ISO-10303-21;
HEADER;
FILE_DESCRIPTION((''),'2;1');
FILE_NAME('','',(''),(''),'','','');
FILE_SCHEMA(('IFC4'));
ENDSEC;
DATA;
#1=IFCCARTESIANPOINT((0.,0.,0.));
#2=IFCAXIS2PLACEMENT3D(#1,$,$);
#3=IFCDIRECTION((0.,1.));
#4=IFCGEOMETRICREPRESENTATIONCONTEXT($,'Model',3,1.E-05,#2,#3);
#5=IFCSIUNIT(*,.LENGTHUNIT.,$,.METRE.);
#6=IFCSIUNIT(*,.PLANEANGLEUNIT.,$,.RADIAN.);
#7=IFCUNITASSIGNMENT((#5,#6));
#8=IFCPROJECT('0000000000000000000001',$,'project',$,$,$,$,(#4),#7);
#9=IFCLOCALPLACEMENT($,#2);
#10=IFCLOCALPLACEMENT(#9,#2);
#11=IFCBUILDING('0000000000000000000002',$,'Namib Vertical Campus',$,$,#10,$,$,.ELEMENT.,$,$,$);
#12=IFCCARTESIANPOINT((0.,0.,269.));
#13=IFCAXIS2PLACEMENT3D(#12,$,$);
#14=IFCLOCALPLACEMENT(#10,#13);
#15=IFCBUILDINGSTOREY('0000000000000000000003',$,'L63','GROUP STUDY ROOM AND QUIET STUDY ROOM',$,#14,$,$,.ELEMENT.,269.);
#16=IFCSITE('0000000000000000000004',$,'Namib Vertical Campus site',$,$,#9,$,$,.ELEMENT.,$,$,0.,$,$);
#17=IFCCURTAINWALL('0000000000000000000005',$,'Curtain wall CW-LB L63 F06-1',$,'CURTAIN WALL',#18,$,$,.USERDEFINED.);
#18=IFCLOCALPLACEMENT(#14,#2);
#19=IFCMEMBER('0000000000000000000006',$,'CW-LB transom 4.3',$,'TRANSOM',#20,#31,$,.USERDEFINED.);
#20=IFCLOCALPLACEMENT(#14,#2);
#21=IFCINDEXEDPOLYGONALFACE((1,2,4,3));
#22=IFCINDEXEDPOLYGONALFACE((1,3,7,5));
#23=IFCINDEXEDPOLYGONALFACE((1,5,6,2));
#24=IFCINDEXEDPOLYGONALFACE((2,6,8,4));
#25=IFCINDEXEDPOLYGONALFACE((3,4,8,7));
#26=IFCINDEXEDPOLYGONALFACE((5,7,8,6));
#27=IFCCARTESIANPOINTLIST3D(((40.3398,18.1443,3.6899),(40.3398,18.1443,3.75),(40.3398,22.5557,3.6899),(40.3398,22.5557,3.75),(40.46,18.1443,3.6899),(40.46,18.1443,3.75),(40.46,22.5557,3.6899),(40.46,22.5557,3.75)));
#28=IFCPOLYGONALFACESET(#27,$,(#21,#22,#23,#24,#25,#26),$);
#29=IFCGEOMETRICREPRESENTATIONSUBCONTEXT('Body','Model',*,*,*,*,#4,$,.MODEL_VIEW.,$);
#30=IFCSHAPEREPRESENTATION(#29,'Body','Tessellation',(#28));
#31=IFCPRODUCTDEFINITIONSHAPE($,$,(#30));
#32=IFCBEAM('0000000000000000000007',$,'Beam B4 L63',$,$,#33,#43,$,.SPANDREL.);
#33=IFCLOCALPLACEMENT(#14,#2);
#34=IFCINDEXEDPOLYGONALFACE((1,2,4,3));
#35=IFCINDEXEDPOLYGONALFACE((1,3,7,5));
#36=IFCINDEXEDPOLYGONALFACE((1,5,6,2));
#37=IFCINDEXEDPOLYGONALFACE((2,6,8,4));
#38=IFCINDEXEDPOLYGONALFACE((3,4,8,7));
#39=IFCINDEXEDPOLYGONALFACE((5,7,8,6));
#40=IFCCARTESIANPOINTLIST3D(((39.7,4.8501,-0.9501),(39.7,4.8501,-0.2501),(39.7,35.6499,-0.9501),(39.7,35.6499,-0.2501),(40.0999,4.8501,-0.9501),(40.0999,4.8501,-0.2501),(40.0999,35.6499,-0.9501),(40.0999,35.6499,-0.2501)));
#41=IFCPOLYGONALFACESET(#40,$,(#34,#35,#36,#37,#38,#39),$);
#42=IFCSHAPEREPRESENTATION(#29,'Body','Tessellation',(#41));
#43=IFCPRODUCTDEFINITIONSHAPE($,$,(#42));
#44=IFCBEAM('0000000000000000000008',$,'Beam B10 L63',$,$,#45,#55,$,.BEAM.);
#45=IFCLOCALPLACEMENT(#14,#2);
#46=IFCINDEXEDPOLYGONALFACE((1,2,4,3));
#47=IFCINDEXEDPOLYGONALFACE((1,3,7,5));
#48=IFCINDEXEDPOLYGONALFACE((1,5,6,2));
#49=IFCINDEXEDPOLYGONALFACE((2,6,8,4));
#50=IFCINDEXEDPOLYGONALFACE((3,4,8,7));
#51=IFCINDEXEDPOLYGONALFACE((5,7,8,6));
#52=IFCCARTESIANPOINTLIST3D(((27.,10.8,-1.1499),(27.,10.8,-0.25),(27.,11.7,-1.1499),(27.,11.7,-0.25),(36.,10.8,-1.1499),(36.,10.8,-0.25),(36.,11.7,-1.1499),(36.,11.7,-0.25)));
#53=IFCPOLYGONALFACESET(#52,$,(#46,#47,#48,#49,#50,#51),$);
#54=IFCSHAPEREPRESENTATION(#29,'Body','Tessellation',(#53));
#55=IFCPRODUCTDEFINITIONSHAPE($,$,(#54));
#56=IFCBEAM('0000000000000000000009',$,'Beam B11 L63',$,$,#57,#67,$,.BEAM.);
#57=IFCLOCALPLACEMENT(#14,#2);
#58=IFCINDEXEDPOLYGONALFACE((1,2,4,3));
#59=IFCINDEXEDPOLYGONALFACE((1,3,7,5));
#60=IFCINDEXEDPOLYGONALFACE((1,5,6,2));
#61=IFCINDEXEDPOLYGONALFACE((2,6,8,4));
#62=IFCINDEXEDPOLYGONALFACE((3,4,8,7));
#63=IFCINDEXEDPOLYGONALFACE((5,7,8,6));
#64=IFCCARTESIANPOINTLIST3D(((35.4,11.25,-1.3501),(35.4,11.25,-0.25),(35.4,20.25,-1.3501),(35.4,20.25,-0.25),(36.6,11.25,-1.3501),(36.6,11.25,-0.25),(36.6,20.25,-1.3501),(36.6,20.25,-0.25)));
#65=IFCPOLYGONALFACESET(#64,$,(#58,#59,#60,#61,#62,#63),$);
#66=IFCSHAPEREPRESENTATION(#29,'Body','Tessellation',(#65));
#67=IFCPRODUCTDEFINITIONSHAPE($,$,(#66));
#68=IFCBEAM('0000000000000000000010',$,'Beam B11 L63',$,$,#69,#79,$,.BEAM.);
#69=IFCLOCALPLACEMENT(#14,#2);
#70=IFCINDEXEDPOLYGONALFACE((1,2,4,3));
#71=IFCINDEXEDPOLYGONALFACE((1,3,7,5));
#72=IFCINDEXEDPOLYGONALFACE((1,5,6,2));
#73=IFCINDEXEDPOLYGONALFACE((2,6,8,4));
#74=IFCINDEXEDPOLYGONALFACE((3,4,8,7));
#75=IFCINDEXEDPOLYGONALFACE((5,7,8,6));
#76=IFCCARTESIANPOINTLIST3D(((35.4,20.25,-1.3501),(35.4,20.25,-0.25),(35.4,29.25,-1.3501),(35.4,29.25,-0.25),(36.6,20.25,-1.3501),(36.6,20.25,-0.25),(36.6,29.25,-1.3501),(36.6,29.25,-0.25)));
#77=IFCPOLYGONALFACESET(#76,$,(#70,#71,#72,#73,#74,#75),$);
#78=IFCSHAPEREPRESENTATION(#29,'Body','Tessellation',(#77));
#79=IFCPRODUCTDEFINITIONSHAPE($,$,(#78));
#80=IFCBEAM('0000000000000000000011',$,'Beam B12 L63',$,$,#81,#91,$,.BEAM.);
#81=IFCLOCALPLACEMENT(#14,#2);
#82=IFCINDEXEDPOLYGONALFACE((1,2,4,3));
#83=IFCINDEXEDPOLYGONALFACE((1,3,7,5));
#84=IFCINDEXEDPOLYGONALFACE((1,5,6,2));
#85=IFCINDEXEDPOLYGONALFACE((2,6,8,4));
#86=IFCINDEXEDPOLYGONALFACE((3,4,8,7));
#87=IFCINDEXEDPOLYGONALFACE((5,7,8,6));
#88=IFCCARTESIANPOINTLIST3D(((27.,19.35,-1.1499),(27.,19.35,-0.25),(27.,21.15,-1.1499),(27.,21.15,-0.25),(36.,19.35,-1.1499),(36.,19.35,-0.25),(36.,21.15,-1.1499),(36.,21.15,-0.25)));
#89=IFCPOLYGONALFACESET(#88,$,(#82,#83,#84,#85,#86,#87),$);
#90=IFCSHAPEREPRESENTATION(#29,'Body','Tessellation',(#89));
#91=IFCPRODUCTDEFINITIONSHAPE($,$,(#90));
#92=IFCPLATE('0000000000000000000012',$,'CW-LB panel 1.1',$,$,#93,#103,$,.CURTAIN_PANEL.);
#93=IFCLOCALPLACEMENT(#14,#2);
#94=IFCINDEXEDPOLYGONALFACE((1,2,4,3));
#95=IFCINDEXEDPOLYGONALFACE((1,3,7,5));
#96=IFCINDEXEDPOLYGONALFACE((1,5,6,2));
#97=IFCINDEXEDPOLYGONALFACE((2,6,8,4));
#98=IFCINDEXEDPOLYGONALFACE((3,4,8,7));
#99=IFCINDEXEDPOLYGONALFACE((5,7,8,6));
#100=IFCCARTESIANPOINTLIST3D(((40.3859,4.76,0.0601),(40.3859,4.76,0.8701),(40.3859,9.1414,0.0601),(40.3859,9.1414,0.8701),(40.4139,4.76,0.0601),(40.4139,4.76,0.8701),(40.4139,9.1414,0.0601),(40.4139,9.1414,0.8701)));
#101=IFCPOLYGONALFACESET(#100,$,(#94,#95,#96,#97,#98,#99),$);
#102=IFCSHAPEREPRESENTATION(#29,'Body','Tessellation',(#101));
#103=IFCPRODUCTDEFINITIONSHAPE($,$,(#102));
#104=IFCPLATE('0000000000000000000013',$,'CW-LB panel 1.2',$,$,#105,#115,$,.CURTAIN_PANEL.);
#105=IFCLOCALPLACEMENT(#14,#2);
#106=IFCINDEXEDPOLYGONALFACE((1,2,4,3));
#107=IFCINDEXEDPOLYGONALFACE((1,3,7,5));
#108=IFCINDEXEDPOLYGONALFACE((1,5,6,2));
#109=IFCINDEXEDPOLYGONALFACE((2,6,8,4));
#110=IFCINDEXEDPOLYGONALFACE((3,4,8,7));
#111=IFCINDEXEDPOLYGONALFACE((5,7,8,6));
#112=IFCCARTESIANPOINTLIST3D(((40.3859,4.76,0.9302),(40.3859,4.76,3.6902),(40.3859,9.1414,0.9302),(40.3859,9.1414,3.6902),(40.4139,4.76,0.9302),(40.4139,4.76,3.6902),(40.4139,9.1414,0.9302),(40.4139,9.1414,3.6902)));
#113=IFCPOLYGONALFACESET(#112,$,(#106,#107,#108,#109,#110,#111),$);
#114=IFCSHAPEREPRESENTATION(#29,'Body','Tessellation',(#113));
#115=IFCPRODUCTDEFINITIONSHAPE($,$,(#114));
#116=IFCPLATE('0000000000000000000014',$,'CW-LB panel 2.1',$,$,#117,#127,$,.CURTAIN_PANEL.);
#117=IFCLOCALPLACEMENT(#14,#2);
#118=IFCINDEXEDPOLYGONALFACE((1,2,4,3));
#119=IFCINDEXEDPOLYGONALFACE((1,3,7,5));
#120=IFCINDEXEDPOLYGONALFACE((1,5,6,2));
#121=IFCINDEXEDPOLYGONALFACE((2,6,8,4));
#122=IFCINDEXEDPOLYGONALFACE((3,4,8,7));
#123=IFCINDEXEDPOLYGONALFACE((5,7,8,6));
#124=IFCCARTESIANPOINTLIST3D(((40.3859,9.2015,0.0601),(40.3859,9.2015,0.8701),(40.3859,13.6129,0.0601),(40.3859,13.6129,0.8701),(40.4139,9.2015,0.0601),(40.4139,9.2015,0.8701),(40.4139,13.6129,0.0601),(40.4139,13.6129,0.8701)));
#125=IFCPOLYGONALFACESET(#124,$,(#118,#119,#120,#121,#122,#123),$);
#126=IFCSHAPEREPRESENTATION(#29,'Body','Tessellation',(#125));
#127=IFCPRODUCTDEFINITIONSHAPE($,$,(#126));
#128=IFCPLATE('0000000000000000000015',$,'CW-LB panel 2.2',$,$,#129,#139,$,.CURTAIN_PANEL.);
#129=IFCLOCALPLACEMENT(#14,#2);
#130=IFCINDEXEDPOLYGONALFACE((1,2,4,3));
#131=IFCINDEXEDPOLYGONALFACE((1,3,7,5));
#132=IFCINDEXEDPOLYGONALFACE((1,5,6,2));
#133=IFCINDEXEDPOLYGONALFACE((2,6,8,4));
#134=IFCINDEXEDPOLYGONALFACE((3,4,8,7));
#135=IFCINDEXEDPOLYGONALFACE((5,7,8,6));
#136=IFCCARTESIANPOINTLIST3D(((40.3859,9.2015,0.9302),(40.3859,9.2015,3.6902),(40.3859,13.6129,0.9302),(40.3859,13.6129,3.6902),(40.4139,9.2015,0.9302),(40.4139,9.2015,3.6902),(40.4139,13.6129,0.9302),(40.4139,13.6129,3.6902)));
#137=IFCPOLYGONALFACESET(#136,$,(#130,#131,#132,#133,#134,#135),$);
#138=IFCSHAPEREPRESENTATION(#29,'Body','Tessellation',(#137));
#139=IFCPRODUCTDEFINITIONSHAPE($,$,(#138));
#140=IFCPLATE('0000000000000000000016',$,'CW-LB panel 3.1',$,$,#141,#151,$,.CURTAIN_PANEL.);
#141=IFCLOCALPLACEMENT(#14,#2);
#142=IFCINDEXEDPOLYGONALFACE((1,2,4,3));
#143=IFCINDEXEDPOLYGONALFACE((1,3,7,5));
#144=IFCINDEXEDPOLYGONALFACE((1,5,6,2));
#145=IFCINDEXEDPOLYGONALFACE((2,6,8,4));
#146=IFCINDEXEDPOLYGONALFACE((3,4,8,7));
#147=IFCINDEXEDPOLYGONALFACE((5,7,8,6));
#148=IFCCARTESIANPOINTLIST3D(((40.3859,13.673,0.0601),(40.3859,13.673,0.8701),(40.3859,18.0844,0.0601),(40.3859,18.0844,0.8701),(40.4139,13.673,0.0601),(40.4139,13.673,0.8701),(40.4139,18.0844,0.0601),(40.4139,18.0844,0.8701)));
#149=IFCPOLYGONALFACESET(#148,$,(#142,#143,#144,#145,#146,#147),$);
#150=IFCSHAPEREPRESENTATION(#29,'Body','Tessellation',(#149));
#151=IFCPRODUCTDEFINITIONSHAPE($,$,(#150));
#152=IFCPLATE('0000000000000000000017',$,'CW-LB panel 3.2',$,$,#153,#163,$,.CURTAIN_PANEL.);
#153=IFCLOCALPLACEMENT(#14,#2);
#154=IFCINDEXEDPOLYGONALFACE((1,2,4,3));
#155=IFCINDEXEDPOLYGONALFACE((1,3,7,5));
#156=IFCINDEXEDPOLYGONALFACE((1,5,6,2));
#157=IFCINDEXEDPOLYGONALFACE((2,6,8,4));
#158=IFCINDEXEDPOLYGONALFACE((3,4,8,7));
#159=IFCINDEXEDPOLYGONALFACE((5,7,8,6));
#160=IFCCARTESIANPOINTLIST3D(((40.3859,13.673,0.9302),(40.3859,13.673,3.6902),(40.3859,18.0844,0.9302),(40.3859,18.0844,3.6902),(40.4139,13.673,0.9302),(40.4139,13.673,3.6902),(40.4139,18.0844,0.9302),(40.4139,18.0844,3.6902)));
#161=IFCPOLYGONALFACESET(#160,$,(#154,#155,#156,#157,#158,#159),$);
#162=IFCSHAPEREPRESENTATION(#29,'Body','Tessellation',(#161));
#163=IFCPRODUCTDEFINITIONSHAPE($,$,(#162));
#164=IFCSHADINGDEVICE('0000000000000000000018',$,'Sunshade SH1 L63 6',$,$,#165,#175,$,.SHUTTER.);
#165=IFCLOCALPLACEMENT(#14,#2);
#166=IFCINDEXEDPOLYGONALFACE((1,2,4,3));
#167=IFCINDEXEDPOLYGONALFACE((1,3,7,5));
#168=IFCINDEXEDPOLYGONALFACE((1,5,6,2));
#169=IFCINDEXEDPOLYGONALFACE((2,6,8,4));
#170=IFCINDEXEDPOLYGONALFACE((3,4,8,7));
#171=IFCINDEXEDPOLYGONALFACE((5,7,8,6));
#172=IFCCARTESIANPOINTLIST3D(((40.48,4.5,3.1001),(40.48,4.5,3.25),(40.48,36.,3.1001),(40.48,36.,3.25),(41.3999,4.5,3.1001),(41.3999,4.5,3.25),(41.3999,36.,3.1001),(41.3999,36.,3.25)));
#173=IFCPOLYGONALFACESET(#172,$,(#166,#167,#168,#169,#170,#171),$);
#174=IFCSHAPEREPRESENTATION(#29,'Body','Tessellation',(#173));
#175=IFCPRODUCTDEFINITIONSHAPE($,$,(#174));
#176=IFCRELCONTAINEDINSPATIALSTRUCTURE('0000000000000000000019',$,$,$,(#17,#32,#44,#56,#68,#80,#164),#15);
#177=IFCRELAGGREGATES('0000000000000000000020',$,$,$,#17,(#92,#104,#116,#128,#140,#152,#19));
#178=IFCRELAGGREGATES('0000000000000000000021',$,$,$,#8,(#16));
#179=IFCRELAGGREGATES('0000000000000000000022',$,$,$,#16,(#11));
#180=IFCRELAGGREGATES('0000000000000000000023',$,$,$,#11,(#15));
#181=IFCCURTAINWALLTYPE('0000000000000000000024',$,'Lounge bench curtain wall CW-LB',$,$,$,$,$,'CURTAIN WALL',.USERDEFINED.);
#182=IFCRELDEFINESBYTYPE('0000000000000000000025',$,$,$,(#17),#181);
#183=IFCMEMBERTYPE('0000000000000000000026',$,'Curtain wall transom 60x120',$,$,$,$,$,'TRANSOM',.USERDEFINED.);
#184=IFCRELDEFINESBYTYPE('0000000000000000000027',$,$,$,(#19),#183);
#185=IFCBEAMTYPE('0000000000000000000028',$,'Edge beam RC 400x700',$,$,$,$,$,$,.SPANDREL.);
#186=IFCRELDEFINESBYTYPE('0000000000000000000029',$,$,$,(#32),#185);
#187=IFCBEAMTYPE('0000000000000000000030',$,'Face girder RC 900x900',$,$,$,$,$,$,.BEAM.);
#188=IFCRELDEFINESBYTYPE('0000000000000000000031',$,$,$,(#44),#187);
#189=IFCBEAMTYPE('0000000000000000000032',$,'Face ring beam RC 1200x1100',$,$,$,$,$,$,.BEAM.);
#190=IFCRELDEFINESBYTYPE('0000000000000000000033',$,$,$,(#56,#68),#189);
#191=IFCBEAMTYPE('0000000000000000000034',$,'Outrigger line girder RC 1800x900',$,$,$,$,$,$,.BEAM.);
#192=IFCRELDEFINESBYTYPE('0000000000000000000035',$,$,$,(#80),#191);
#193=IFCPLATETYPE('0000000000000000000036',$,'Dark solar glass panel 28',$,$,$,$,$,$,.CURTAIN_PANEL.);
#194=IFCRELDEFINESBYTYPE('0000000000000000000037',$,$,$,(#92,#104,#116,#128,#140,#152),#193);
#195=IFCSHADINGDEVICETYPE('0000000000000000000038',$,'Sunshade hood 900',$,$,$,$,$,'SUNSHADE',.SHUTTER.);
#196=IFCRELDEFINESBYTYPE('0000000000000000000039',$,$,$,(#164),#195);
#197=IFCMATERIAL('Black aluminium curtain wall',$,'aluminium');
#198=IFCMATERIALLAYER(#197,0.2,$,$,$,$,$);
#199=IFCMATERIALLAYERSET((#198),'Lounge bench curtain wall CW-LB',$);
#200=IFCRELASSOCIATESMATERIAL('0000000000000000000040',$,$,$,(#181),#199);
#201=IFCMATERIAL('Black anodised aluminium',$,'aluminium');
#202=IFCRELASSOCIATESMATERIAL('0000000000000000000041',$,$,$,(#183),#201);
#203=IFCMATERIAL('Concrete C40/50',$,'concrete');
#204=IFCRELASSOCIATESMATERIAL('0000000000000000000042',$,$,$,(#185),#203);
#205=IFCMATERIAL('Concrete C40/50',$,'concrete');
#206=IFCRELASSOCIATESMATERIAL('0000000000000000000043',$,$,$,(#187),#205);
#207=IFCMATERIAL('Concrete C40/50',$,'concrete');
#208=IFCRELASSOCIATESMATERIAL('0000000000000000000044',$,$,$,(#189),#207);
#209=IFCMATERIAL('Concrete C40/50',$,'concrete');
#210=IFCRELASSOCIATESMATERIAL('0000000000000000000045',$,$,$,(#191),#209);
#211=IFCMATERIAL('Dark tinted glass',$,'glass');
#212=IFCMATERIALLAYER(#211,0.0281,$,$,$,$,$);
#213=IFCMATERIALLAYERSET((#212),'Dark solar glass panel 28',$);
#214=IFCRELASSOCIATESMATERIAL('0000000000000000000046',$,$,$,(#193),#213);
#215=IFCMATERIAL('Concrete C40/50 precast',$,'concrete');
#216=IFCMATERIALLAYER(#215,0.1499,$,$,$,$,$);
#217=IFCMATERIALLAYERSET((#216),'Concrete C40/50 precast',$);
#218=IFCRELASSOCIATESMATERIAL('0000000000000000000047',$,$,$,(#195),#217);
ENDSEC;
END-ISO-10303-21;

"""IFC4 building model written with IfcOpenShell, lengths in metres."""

from ifc_helpers import new_model, si_unit, direction, frame, origin, origin_2d, place, context, subcontext, project, spatial, rectangle, extrude, material, layer, layer_set, material_profile, profile_set, type_object, element, aggregate, save


model = new_model("IFC4")

# Units and contexts
model_context = context("Model", 3, precision=1e-05, world=origin(), true_north=direction((0.0, 1.0)))
body_context = subcontext(model_context, "Body", "Model", "MODEL_VIEW")
ifc_project = project(units=[si_unit("LENGTHUNIT", "METRE"), si_unit("PLANEANGLEUNIT", "RADIAN")], contexts=[model_context])

# Site, building, storey
site_placement = place(None, origin())
site = spatial("IfcSite", under=ifc_project, at=site_placement, Name="Namib Vertical Campus site", CompositionType="ELEMENT", RefElevation=0.0)
building_placement = place(site_placement, origin())
building = spatial("IfcBuilding", under=site, at=building_placement, Name="Namib Vertical Campus", CompositionType="ELEMENT")
storey_placement = place(building_placement, frame((0.0, 0.0, 269.0)))
storey = spatial("IfcBuildingStorey", under=building, at=storey_placement, Name="L63", Description="GROUP STUDY ROOM AND QUIET STUDY ROOM", CompositionType="ELEMENT", Elevation=269.0)

# Curtain wall, member
ifc_material_1 = material(Name="Black aluminium curtain wall", Category="aluminium")
ifc_layer_1 = layer(ifc_material_1, 0.2)
ifc_layer_set_1 = layer_set([ifc_layer_1], Name="Lounge bench curtain wall CW-LB")
curtain_wall_type = type_object("IfcCurtainWallType", Name="Lounge bench curtain wall CW-LB", ElementType="CURTAIN WALL", PredefinedType="USERDEFINED", material=ifc_layer_set_1)
curtain_wall_placement = place(storey_placement, origin())
curtain_wall = element("IfcCurtainWall", 1, at=curtain_wall_placement, inside=storey, type_object=curtain_wall_type, Name="Curtain wall CW-LB L63 F06-1", ObjectType="CURTAIN WALL", PredefinedType="USERDEFINED")
ifc_material_2 = material(Name="Black anodised aluminium", Category="aluminium")
ifc_material_profile_1 = material_profile(ifc_material_2, rectangle(XDim=0.0601, YDim=0.1201, at=origin_2d()))
ifc_profile_set_1 = profile_set([ifc_material_profile_1], Name="Black anodised aluminium")
member_type_1 = type_object("IfcMemberType", Name="Curtain wall transom 60x120", ElementType="TRANSOM", PredefinedType="USERDEFINED", material=ifc_profile_set_1)
member_1_placement = place(storey_placement, frame((40.3999, 18.1443, 3.72), z_axis=(0.0, 1.0, 0.0), x_axis=(0.0, 0.0, 1.0)))
member_1 = element("IfcMember", 2, at=member_1_placement, type_object=member_type_1, Name="CW-LB transom 4.3", ObjectType="TRANSOM", PredefinedType="USERDEFINED", context=body_context, shape_type="SweptSolid", body=[
    extrude(rectangle(XDim=0.0601, YDim=0.1201, at=origin_2d()), origin(), (0.0, 0.0, 1.0), 4.4114),
])

# Beams
ifc_material_3 = material(Name="Concrete C40/50", Category="concrete")
ifc_material_profile_2 = material_profile(ifc_material_3, rectangle(XDim=0.3999, YDim=0.7, at=origin_2d()))
ifc_profile_set_2 = profile_set([ifc_material_profile_2], Name="Concrete C40/50")
beam_type_1 = type_object("IfcBeamType", Name="Edge beam RC 400x700", PredefinedType="SPANDREL", material=ifc_profile_set_2)
beam_1_placement = place(storey_placement, frame((39.8999, 4.8501, -0.6001), z_axis=(0.0, 1.0, 0.0), x_axis=(-1.0, 0.0, 0.0)))
element("IfcBeam", 3, at=beam_1_placement, inside=storey, type_object=beam_type_1, Name="Beam B4 L63", PredefinedType="SPANDREL", context=body_context, shape_type="SweptSolid", body=[
    extrude(rectangle(XDim=0.3999, YDim=0.7, at=origin_2d()), origin(), (0.0, 0.0, 1.0), 30.7998),
])
ifc_material_4 = material(Name="Concrete C40/50", Category="concrete")
ifc_material_profile_3 = material_profile(ifc_material_4, rectangle(XDim=0.8999, YDim=0.8999, at=origin_2d()))
ifc_profile_set_3 = profile_set([ifc_material_profile_3], Name="Concrete C40/50")
beam_type_2 = type_object("IfcBeamType", Name="Face girder RC 900x900", PredefinedType="BEAM", material=ifc_profile_set_3)
beam_2_placement = place(storey_placement, frame((36.0, 11.25, -0.7), z_axis=(-1.0, 0.0, 0.0), x_axis=(0.0, -1.0, 0.0)))
element("IfcBeam", 4, at=beam_2_placement, inside=storey, type_object=beam_type_2, Name="Beam B10 L63", PredefinedType="BEAM", context=body_context, shape_type="SweptSolid", body=[
    extrude(rectangle(XDim=0.8999, YDim=0.8999, at=origin_2d()), origin(), (0.0, 0.0, 1.0), 9.0),
])
ifc_material_5 = material(Name="Concrete C40/50", Category="concrete")
ifc_material_profile_4 = material_profile(ifc_material_5, rectangle(XDim=1.2, YDim=1.1001, at=origin_2d()))
ifc_profile_set_4 = profile_set([ifc_material_profile_4], Name="Concrete C40/50")
beam_type_3 = type_object("IfcBeamType", Name="Face ring beam RC 1200x1100", PredefinedType="BEAM", material=ifc_profile_set_4)
for number, where, z_axis, x_axis, name in (
    (5, (36.0, 11.25, -0.8), (0.0, 1.0, 0.0), (-1.0, 0.0, 0.0), "Beam B11 L63"),
    (6, (36.0, 20.25, -0.8), (0.0, 1.0, 0.0), (-1.0, 0.0, 0.0), "Beam B11 L63"),
):
    element("IfcBeam", number, at=place(storey_placement, frame(where, z_axis=z_axis, x_axis=x_axis)), inside=storey, type_object=beam_type_3, Name=name, PredefinedType="BEAM", context=body_context, shape_type="SweptSolid", body=[
        extrude(rectangle(XDim=1.2, YDim=1.1001, at=origin_2d()), origin(), (0.0, 0.0, 1.0), 9.0),
    ])
ifc_material_6 = material(Name="Concrete C40/50", Category="concrete")
ifc_material_profile_5 = material_profile(ifc_material_6, rectangle(XDim=1.8, YDim=0.8999, at=origin_2d()))
ifc_profile_set_5 = profile_set([ifc_material_profile_5], Name="Concrete C40/50")
beam_type_4 = type_object("IfcBeamType", Name="Outrigger line girder RC 1800x900", PredefinedType="BEAM", material=ifc_profile_set_5)
beam_3_placement = place(storey_placement, frame((36.0, 20.25, -0.7), z_axis=(-1.0, 0.0, 0.0), x_axis=(0.0, -1.0, 0.0)))
element("IfcBeam", 7, at=beam_3_placement, inside=storey, type_object=beam_type_4, Name="Beam B12 L63", PredefinedType="BEAM", context=body_context, shape_type="SweptSolid", body=[
    extrude(rectangle(XDim=1.8, YDim=0.8999, at=origin_2d()), origin(), (0.0, 0.0, 1.0), 9.0),
])

# Plates
ifc_material_7 = material(Name="Dark tinted glass", Category="glass")
ifc_layer_2 = layer(ifc_material_7, 0.0281)
ifc_layer_set_2 = layer_set([ifc_layer_2], Name="Dark solar glass panel 28")
plate_type = type_object("IfcPlateType", Name="Dark solar glass panel 28", PredefinedType="CURTAIN_PANEL", material=ifc_layer_set_2)
plate_1_placement = place(storey_placement, frame((40.3999, 6.9507, 0.0601), z_axis=(0.0, 0.0, 1.0), x_axis=(0.0, 1.0, 0.0)))
plate_1 = element("IfcPlate", 8, at=plate_1_placement, type_object=plate_type, Name="CW-LB panel 1.1", PredefinedType="CURTAIN_PANEL", context=body_context, shape_type="SweptSolid", body=[
    extrude(rectangle(XDim=4.3813, YDim=0.0281, at=origin_2d()), origin(), (0.0, 0.0, 1.0), 0.8101),
])
plate_2_placement = place(storey_placement, frame((40.3999, 6.9507, 0.9302), z_axis=(0.0, 0.0, 1.0), x_axis=(0.0, 1.0, 0.0)))
plate_2 = element("IfcPlate", 9, at=plate_2_placement, type_object=plate_type, Name="CW-LB panel 1.2", PredefinedType="CURTAIN_PANEL", context=body_context, shape_type="SweptSolid", body=[
    extrude(rectangle(XDim=4.3813, YDim=0.0281, at=origin_2d()), origin(), (0.0, 0.0, 1.0), 2.76),
])
plate_3_placement = place(storey_placement, frame((40.3999, 11.4072, 0.0601), z_axis=(0.0, 0.0, 1.0), x_axis=(0.0, 1.0, 0.0)))
plate_3 = element("IfcPlate", 10, at=plate_3_placement, type_object=plate_type, Name="CW-LB panel 2.1", PredefinedType="CURTAIN_PANEL", context=body_context, shape_type="SweptSolid", body=[
    extrude(rectangle(XDim=4.4114, YDim=0.0281, at=origin_2d()), origin(), (0.0, 0.0, 1.0), 0.8101),
])
plate_4_placement = place(storey_placement, frame((40.3999, 11.4072, 0.9302), z_axis=(0.0, 0.0, 1.0), x_axis=(0.0, 1.0, 0.0)))
plate_4 = element("IfcPlate", 11, at=plate_4_placement, type_object=plate_type, Name="CW-LB panel 2.2", PredefinedType="CURTAIN_PANEL", context=body_context, shape_type="SweptSolid", body=[
    extrude(rectangle(XDim=4.4114, YDim=0.0281, at=origin_2d()), origin(), (0.0, 0.0, 1.0), 2.76),
])
plate_5_placement = place(storey_placement, frame((40.3999, 15.8787, 0.0601), z_axis=(0.0, 0.0, 1.0), x_axis=(0.0, 1.0, 0.0)))
plate_5 = element("IfcPlate", 12, at=plate_5_placement, type_object=plate_type, Name="CW-LB panel 3.1", PredefinedType="CURTAIN_PANEL", context=body_context, shape_type="SweptSolid", body=[
    extrude(rectangle(XDim=4.4114, YDim=0.0281, at=origin_2d()), origin(), (0.0, 0.0, 1.0), 0.8101),
])
plate_6_placement = place(storey_placement, frame((40.3999, 15.8787, 0.9302), z_axis=(0.0, 0.0, 1.0), x_axis=(0.0, 1.0, 0.0)))
plate_6 = element("IfcPlate", 13, at=plate_6_placement, type_object=plate_type, Name="CW-LB panel 3.2", PredefinedType="CURTAIN_PANEL", context=body_context, shape_type="SweptSolid", body=[
    extrude(rectangle(XDim=4.4114, YDim=0.0281, at=origin_2d()), origin(), (0.0, 0.0, 1.0), 2.76),
])
aggregate(curtain_wall, [plate_1, plate_2, plate_3, plate_4, plate_5, plate_6, member_1])

# Shading device
ifc_material_8 = material(Name="Concrete C40/50 precast", Category="concrete")
ifc_layer_3 = layer(ifc_material_8, 0.1499)
ifc_layer_set_3 = layer_set([ifc_layer_3], Name="Concrete C40/50 precast")
shading_device_type = type_object("IfcShadingDeviceType", Name="Sunshade hood 900", ElementType="SUNSHADE", PredefinedType="SHUTTER", material=ifc_layer_set_3)
shading_device_placement = place(storey_placement, frame((40.9399, 20.25, 3.1001), z_axis=(0.0, 0.0, 1.0), x_axis=(0.0, 1.0, 0.0)))
element("IfcShadingDevice", 14, at=shading_device_placement, inside=storey, type_object=shading_device_type, Name="Sunshade SH1 L63 6", PredefinedType="SHUTTER", context=body_context, shape_type="SweptSolid", body=[
    extrude(rectangle(XDim=31.5, YDim=0.9199, at=origin_2d()), origin(), (0.0, 0.0, 1.0), 0.1499),
])

save(model, "model.ifc")
